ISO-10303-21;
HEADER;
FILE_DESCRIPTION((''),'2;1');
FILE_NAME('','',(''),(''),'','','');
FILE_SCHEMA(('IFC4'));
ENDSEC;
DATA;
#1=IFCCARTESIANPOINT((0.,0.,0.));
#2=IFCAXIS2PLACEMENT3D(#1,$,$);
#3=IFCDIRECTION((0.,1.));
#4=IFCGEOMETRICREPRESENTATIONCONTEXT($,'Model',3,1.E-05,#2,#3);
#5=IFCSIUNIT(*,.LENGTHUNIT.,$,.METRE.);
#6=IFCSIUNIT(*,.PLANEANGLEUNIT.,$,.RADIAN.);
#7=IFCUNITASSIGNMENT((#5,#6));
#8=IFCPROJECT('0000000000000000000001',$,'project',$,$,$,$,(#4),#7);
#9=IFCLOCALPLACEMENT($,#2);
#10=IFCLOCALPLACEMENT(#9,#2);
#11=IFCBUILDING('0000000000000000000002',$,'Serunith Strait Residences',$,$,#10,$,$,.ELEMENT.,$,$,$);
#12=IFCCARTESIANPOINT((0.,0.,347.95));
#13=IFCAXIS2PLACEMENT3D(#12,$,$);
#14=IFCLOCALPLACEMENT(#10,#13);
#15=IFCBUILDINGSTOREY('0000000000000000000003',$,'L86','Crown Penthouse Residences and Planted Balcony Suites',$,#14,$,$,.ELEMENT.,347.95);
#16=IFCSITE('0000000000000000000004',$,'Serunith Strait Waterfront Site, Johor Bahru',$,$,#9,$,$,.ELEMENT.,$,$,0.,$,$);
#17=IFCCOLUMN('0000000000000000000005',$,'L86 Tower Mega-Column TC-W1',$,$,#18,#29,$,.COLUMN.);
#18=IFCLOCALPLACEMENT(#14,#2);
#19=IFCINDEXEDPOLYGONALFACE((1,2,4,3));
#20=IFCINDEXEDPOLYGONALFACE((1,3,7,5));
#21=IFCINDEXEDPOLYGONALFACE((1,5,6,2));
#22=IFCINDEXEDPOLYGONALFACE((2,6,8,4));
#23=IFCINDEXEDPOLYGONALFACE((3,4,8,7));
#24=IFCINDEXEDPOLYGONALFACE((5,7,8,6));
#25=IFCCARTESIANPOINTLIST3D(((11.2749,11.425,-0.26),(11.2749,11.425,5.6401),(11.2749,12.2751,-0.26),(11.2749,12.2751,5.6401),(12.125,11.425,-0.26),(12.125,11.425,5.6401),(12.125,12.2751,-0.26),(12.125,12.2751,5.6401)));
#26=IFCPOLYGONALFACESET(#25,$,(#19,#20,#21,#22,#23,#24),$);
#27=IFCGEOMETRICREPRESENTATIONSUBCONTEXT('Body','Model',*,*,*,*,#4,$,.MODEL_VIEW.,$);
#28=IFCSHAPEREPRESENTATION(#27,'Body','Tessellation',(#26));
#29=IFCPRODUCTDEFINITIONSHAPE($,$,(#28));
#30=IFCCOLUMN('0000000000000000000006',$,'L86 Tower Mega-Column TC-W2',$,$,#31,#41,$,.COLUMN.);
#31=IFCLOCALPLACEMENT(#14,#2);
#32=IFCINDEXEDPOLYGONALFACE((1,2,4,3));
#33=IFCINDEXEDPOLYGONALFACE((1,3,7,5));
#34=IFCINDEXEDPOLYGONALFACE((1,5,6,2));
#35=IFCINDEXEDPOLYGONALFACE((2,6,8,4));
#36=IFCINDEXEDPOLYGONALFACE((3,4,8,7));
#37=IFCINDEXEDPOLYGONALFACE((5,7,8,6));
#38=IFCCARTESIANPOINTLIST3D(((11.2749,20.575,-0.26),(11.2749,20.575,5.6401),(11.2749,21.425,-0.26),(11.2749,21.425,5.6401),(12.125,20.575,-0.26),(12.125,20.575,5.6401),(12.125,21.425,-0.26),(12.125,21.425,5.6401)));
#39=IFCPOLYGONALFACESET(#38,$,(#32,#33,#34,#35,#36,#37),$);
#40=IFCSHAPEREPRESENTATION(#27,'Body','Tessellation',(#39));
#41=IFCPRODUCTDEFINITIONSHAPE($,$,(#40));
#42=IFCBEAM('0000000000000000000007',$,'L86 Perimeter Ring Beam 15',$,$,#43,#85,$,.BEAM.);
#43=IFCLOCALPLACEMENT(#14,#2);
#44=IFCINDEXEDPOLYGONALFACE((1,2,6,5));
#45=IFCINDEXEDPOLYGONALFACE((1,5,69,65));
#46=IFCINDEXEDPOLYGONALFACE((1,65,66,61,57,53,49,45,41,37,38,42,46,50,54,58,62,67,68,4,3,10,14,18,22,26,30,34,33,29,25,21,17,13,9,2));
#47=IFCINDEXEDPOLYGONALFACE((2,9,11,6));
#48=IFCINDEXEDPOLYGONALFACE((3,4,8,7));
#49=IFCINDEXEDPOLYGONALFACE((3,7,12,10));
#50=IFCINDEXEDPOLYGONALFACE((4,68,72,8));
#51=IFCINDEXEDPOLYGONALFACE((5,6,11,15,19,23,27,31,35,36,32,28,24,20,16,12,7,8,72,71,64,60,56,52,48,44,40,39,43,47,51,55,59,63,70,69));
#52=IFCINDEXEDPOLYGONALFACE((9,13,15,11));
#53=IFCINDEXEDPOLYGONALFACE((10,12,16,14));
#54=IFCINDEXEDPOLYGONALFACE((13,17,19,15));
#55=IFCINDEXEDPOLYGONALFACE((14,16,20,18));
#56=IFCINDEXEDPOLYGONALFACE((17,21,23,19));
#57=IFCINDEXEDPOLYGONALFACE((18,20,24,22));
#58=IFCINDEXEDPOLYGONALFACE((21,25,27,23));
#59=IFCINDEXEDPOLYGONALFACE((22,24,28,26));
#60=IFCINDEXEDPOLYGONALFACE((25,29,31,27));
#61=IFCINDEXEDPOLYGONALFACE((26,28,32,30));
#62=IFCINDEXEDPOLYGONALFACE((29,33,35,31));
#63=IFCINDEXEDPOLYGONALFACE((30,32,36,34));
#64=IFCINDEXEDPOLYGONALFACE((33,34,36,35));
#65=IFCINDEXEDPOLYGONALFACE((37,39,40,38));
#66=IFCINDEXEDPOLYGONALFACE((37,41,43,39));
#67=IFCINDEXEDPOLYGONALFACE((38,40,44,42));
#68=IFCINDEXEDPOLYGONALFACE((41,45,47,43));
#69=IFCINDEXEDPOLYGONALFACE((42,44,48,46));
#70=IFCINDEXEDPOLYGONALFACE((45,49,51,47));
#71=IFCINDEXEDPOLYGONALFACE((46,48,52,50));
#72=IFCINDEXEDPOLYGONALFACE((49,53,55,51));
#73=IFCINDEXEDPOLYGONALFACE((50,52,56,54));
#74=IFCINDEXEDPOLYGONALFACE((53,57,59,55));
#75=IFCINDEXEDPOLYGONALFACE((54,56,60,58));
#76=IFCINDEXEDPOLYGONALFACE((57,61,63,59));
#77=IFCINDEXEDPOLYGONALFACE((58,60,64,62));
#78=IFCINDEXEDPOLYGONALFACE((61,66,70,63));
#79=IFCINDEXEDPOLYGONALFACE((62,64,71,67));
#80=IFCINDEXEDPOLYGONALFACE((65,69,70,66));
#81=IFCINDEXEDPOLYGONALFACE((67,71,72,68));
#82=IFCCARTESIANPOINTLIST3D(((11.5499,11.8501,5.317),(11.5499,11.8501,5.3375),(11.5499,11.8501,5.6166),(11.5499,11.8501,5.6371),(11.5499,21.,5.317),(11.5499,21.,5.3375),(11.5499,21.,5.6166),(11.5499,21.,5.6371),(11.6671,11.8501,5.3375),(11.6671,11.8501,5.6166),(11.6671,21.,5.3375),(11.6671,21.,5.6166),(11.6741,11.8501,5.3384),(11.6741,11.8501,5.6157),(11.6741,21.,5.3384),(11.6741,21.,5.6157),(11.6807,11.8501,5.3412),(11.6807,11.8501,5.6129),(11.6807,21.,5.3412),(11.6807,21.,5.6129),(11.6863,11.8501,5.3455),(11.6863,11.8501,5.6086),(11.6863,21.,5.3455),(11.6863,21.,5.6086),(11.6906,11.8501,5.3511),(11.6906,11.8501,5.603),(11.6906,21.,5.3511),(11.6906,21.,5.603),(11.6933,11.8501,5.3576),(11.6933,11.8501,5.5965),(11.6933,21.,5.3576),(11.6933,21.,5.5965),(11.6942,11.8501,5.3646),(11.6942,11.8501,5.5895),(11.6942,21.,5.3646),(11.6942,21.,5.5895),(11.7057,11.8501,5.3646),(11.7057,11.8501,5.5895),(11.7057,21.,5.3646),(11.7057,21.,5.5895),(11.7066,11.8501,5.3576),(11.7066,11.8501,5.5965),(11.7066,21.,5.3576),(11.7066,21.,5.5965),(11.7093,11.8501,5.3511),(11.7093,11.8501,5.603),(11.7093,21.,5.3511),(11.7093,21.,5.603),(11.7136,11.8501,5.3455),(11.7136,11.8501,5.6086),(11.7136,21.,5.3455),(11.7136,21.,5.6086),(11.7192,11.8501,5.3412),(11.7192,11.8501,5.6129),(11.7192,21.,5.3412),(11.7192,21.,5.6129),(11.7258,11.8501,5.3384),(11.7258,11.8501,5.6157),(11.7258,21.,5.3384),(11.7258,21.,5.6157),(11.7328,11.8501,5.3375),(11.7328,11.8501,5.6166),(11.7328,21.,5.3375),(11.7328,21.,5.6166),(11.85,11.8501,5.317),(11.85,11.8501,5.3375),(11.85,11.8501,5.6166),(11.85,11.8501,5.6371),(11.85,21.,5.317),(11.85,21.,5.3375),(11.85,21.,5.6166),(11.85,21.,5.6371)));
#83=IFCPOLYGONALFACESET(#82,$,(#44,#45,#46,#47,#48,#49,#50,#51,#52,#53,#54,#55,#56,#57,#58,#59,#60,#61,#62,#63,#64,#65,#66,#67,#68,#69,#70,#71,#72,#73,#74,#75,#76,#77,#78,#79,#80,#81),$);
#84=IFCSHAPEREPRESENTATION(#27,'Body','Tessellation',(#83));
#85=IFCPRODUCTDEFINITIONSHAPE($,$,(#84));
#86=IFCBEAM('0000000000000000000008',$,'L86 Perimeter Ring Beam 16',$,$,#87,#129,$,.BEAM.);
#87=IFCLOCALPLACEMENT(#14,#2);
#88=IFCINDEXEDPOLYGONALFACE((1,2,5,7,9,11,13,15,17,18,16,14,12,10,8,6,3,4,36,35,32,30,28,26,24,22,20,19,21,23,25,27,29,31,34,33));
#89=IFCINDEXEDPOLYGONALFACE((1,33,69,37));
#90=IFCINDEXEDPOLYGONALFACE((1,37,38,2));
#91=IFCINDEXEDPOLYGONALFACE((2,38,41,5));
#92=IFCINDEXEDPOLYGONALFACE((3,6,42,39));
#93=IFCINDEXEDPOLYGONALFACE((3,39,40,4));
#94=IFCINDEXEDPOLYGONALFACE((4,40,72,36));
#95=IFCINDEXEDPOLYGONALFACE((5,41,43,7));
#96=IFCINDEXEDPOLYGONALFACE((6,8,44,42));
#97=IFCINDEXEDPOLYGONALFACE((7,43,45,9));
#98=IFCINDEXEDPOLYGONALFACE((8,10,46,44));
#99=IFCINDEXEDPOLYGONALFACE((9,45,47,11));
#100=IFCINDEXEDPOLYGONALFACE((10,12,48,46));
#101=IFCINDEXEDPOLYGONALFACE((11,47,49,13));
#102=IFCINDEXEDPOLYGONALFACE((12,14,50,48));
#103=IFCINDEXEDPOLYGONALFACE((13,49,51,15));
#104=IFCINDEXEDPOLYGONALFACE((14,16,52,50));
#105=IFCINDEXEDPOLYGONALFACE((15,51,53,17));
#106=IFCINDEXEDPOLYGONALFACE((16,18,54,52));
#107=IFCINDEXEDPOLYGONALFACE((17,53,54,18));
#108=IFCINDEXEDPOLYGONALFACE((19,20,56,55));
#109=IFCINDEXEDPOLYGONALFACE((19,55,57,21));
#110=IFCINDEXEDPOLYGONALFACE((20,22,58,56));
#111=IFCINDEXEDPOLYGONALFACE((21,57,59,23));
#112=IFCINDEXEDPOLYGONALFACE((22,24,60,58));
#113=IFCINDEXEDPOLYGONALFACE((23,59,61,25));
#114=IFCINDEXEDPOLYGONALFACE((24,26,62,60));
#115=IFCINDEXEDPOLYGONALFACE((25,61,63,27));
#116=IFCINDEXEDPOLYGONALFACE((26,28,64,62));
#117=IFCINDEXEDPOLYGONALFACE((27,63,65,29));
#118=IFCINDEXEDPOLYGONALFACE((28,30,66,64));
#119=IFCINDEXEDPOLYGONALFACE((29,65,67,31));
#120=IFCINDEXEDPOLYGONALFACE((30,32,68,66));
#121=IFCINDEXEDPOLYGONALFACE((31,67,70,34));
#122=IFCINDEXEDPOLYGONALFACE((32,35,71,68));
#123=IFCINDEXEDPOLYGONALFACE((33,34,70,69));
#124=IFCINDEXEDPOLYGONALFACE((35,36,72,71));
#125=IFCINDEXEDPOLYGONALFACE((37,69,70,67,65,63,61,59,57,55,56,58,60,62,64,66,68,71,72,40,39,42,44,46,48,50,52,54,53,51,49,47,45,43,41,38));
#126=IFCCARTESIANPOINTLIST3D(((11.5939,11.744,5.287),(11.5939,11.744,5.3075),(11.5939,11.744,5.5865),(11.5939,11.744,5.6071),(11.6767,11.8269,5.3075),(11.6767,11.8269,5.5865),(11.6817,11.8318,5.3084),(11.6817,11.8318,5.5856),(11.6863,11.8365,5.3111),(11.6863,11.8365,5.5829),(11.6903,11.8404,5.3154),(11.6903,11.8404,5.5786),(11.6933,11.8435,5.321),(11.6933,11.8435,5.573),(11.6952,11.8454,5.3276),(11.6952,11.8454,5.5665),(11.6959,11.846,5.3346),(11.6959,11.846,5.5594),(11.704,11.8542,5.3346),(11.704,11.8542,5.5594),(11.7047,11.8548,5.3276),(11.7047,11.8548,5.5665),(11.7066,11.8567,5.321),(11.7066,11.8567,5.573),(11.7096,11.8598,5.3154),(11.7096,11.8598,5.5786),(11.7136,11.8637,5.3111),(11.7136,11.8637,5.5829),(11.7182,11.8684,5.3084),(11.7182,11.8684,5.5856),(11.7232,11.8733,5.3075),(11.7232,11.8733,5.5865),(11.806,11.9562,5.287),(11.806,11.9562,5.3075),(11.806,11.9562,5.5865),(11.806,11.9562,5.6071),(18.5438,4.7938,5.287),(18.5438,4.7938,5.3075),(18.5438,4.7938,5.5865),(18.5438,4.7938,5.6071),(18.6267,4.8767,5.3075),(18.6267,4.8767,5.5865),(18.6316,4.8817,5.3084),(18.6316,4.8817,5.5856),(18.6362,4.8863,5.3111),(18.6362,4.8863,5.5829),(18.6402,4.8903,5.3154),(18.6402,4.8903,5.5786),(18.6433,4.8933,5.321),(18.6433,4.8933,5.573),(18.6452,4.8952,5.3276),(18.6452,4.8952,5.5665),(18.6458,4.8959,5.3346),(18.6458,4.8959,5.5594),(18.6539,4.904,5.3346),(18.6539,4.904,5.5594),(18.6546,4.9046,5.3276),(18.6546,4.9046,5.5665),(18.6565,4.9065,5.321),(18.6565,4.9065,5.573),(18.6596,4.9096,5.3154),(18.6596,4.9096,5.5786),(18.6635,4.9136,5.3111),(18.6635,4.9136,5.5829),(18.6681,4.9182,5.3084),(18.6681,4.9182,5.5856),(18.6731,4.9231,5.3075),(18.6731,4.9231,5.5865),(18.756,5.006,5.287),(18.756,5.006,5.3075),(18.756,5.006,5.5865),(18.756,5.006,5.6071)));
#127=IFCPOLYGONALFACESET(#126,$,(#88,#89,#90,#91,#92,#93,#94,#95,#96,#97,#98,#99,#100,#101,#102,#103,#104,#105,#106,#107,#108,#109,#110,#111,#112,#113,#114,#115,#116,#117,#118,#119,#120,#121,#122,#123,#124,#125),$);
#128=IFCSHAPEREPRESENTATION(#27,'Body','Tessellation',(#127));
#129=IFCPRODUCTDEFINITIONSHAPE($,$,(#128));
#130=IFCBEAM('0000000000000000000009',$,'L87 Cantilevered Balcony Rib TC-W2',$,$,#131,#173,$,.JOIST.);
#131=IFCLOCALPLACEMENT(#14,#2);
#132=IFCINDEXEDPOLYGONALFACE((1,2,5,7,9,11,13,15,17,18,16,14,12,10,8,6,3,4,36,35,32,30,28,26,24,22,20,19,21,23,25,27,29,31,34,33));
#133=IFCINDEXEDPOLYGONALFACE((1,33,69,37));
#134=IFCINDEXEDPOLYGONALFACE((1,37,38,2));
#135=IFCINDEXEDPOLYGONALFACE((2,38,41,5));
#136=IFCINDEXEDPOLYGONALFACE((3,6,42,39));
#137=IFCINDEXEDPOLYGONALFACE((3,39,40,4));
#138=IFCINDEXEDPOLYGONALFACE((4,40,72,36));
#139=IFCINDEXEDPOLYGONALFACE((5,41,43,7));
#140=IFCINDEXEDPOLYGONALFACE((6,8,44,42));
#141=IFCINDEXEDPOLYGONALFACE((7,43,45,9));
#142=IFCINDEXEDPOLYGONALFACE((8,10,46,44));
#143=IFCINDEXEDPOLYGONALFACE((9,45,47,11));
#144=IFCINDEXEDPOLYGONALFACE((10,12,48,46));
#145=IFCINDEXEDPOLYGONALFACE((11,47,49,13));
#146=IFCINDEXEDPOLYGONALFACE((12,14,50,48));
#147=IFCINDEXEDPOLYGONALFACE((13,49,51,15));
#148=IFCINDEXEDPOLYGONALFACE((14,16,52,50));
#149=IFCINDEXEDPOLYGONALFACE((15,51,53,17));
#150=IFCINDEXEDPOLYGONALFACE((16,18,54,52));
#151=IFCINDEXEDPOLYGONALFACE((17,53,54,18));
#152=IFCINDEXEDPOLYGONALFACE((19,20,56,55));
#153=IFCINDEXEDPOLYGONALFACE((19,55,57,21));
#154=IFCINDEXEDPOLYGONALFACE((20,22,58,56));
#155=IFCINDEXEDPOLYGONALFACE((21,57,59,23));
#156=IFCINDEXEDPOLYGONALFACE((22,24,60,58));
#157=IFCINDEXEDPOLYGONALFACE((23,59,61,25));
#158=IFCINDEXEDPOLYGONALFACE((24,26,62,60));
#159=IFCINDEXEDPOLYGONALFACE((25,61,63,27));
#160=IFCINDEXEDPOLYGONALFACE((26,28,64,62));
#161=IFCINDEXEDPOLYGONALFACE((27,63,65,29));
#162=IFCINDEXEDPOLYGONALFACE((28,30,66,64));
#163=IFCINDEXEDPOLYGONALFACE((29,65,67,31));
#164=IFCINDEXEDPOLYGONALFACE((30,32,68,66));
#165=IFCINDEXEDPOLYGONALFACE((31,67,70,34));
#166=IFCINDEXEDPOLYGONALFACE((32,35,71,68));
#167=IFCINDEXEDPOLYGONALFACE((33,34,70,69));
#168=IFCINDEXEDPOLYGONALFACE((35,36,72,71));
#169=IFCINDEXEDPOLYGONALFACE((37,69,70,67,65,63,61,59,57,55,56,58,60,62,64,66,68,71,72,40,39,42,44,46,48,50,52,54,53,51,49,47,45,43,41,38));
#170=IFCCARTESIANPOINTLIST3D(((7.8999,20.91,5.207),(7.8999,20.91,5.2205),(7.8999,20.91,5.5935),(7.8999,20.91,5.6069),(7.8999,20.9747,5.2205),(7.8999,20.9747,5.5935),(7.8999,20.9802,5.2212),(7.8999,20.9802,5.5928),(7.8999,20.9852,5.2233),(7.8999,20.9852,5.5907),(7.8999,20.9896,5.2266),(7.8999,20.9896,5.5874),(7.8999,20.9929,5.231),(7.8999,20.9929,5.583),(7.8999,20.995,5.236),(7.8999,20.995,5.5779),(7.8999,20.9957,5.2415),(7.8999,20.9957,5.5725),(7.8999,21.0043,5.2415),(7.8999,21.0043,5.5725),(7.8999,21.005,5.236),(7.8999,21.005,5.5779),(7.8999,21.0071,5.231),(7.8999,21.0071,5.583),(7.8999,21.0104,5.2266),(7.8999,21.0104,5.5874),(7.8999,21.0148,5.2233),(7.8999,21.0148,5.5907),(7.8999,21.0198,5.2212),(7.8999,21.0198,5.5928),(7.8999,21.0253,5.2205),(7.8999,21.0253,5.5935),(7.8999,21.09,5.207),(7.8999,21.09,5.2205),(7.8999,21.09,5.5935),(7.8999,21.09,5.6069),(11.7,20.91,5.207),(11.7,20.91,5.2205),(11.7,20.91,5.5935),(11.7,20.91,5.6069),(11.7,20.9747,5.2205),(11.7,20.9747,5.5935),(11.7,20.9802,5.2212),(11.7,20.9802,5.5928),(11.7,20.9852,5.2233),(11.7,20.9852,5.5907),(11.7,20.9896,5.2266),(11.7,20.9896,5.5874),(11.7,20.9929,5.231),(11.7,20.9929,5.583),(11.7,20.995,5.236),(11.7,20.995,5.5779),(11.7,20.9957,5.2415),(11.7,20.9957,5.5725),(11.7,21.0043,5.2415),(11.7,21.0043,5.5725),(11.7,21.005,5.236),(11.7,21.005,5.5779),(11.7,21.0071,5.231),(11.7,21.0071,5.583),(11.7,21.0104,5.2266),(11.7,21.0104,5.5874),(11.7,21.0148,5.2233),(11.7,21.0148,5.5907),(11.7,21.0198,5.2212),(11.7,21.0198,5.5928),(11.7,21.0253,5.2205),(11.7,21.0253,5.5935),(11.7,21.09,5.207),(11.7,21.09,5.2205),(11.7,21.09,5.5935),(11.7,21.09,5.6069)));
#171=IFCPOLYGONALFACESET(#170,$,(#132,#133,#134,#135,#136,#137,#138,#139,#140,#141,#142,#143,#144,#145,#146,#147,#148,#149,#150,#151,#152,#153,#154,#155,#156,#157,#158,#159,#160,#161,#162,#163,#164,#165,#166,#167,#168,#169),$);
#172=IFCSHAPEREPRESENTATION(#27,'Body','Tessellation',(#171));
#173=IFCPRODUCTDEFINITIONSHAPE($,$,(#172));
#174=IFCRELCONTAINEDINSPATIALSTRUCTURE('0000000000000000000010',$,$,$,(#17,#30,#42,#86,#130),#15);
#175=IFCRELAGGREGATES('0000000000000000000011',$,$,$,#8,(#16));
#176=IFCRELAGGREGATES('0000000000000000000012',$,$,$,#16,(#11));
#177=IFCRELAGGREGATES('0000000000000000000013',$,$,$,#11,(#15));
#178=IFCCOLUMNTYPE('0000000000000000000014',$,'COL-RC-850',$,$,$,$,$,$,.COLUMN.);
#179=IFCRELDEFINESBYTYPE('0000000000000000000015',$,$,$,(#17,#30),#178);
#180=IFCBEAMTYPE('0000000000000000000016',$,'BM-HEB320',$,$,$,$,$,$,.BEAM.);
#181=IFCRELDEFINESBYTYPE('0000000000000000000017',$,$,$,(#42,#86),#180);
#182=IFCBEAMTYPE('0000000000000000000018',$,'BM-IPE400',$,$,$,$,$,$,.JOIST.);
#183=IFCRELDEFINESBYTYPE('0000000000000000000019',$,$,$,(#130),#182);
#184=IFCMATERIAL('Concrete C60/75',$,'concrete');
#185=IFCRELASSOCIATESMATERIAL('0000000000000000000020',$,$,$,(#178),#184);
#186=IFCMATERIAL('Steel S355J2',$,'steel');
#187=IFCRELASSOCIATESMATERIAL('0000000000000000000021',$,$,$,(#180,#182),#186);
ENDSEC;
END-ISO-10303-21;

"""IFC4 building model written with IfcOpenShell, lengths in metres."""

from ifc_helpers import new_model, si_unit, direction, frame, origin, origin_2d, place, context, subcontext, project, spatial, rectangle, i_section, extrude, source, transform, mapped, material, material_profile, profile_set, type_object, element, save


model = new_model("IFC4")

# Units and contexts
model_context = context("Model", 3, precision=1e-05, world=origin(), true_north=direction((0.0, 1.0)))
body_context = subcontext(model_context, "Body", "Model", "MODEL_VIEW")
ifc_project = project(units=[si_unit("LENGTHUNIT", "METRE"), si_unit("PLANEANGLEUNIT", "RADIAN")], contexts=[model_context])

# Site, building, storey
site_placement = place(None, origin())
site = spatial("IfcSite", under=ifc_project, at=site_placement, Name="Serunith Strait Waterfront Site, Johor Bahru", CompositionType="ELEMENT", RefElevation=0.0)
building_placement = place(site_placement, origin())
building = spatial("IfcBuilding", under=site, at=building_placement, Name="Serunith Strait Residences", CompositionType="ELEMENT")
storey_placement = place(building_placement, frame((0.0, 0.0, 347.95)))
storey = spatial("IfcBuildingStorey", under=building, at=storey_placement, Name="L86", Description="Crown Penthouse Residences and Planted Balcony Suites", CompositionType="ELEMENT", Elevation=347.95)

# Columns
ifc_material_1 = material(Name="Concrete C60/75", Category="concrete")
ifc_material_profile_1 = material_profile(ifc_material_1, rectangle(XDim=0.8501, YDim=0.8501, at=origin_2d()), Name="RC 850x850")
ifc_profile_set_1 = profile_set([ifc_material_profile_1], Name="Concrete C60/75")
column_type = type_object("IfcColumnType", Name="COL-RC-850", PredefinedType="COLUMN", material=ifc_profile_set_1)
shared_shape_1 = source(origin(), body_context, "Body", "SweptSolid", [
    extrude(rectangle(XDim=0.8501, YDim=0.8501, at=origin_2d()), origin(), (0.0, 0.0, 1.0), 5.9001),
])
for number, where, z_axis, x_axis, name in (
    (1, (11.7, 11.8501, -0.26), (0.0, 0.0, 1.0), (1.0, 0.0, 0.0), "L86 Tower Mega-Column TC-W1"),
    (2, (11.7, 21.0, -0.26), (0.0, 0.0, 1.0), (1.0, 0.0, 0.0), "L86 Tower Mega-Column TC-W2"),
):
    element("IfcColumn", number, at=place(storey_placement, frame(where, z_axis=z_axis, x_axis=x_axis)), inside=storey, type_object=column_type, Name=name, PredefinedType="COLUMN", context=body_context, shape_type="MappedRepresentation", body=[
        mapped(shared_shape_1, transform((0.0, 0.0, 0.0), scale=1.0)),
    ])

# Beams
ifc_material_2 = material(Name="Steel S355J2", Category="steel")
ifc_material_profile_2 = material_profile(ifc_material_2, i_section(OverallWidth=0.3, OverallDepth=0.3201, WebThickness=0.0115, FlangeThickness=0.0205, FilletRadius=0.0271, at=origin_2d()), Name="HEB 320")
ifc_profile_set_2 = profile_set([ifc_material_profile_2], Name="Steel S355J2")
beam_type_1 = type_object("IfcBeamType", Name="BM-HEB320", PredefinedType="BEAM", material=ifc_profile_set_2)
shared_shape_2 = source(origin(), body_context, "Body", "SweptSolid", [
    extrude(i_section(OverallWidth=0.3, OverallDepth=0.3201, WebThickness=0.0115, FlangeThickness=0.0205, FilletRadius=0.0271, at=origin_2d()), origin(), (0.0, 0.0, 1.0), 9.1499),
])
beam_1_placement = place(storey_placement, frame((11.7, 21.0, 5.4771), z_axis=(0.0, -1.0, 0.0), x_axis=(1.0, 0.0, 0.0)))
element("IfcBeam", 3, at=beam_1_placement, inside=storey, type_object=beam_type_1, Name="L86 Perimeter Ring Beam 15", PredefinedType="BEAM", context=body_context, shape_type="MappedRepresentation", body=[
    mapped(shared_shape_2, transform((0.0, 0.0, 0.0), scale=1.0)),
])
shared_shape_3 = source(origin(), body_context, "Body", "SweptSolid", [
    extrude(i_section(OverallWidth=0.3, OverallDepth=0.3201, WebThickness=0.0115, FlangeThickness=0.0205, FilletRadius=0.0271, at=origin_2d()), origin(), (0.0, 0.0, 1.0), 9.8289),
])
beam_2_placement = place(storey_placement, frame((11.7, 11.8501, 5.447), z_axis=(0.707094, -0.707119, 0.0), x_axis=(0.707119, 0.707094, 0.0)))
element("IfcBeam", 4, at=beam_2_placement, inside=storey, type_object=beam_type_1, Name="L86 Perimeter Ring Beam 16", PredefinedType="BEAM", context=body_context, shape_type="MappedRepresentation", body=[
    mapped(shared_shape_3, transform((0.0, 0.0, 0.0), scale=1.0)),
])
ifc_material_profile_3 = material_profile(ifc_material_2, i_section(OverallWidth=0.1799, OverallDepth=0.3999, WebThickness=0.0085, FlangeThickness=0.0134, FilletRadius=0.021, at=origin_2d()), Name="IPE 400")
ifc_profile_set_3 = profile_set([ifc_material_profile_3], Name="Steel S355J2")
beam_type_2 = type_object("IfcBeamType", Name="BM-IPE400", PredefinedType="JOIST", material=ifc_profile_set_3)
shared_shape_4 = source(origin(), body_context, "Body", "SweptSolid", [
    extrude(i_section(OverallWidth=0.1799, OverallDepth=0.3999, WebThickness=0.0085, FlangeThickness=0.0134, FilletRadius=0.021, at=origin_2d()), origin(), (0.0, 0.0, 1.0), 3.8),
])
beam_3_placement = place(storey_placement, frame((11.7, 21.0, 5.407), z_axis=(-1.0, 0.0, 0.0), x_axis=(0.0, -1.0, 0.0)))
element("IfcBeam", 5, at=beam_3_placement, inside=storey, type_object=beam_type_2, Name="L87 Cantilevered Balcony Rib TC-W2", PredefinedType="JOIST", context=body_context, shape_type="MappedRepresentation", body=[
    mapped(shared_shape_4, transform((0.0, 0.0, 0.0), scale=1.0)),
])

save(model, "model.ifc")
